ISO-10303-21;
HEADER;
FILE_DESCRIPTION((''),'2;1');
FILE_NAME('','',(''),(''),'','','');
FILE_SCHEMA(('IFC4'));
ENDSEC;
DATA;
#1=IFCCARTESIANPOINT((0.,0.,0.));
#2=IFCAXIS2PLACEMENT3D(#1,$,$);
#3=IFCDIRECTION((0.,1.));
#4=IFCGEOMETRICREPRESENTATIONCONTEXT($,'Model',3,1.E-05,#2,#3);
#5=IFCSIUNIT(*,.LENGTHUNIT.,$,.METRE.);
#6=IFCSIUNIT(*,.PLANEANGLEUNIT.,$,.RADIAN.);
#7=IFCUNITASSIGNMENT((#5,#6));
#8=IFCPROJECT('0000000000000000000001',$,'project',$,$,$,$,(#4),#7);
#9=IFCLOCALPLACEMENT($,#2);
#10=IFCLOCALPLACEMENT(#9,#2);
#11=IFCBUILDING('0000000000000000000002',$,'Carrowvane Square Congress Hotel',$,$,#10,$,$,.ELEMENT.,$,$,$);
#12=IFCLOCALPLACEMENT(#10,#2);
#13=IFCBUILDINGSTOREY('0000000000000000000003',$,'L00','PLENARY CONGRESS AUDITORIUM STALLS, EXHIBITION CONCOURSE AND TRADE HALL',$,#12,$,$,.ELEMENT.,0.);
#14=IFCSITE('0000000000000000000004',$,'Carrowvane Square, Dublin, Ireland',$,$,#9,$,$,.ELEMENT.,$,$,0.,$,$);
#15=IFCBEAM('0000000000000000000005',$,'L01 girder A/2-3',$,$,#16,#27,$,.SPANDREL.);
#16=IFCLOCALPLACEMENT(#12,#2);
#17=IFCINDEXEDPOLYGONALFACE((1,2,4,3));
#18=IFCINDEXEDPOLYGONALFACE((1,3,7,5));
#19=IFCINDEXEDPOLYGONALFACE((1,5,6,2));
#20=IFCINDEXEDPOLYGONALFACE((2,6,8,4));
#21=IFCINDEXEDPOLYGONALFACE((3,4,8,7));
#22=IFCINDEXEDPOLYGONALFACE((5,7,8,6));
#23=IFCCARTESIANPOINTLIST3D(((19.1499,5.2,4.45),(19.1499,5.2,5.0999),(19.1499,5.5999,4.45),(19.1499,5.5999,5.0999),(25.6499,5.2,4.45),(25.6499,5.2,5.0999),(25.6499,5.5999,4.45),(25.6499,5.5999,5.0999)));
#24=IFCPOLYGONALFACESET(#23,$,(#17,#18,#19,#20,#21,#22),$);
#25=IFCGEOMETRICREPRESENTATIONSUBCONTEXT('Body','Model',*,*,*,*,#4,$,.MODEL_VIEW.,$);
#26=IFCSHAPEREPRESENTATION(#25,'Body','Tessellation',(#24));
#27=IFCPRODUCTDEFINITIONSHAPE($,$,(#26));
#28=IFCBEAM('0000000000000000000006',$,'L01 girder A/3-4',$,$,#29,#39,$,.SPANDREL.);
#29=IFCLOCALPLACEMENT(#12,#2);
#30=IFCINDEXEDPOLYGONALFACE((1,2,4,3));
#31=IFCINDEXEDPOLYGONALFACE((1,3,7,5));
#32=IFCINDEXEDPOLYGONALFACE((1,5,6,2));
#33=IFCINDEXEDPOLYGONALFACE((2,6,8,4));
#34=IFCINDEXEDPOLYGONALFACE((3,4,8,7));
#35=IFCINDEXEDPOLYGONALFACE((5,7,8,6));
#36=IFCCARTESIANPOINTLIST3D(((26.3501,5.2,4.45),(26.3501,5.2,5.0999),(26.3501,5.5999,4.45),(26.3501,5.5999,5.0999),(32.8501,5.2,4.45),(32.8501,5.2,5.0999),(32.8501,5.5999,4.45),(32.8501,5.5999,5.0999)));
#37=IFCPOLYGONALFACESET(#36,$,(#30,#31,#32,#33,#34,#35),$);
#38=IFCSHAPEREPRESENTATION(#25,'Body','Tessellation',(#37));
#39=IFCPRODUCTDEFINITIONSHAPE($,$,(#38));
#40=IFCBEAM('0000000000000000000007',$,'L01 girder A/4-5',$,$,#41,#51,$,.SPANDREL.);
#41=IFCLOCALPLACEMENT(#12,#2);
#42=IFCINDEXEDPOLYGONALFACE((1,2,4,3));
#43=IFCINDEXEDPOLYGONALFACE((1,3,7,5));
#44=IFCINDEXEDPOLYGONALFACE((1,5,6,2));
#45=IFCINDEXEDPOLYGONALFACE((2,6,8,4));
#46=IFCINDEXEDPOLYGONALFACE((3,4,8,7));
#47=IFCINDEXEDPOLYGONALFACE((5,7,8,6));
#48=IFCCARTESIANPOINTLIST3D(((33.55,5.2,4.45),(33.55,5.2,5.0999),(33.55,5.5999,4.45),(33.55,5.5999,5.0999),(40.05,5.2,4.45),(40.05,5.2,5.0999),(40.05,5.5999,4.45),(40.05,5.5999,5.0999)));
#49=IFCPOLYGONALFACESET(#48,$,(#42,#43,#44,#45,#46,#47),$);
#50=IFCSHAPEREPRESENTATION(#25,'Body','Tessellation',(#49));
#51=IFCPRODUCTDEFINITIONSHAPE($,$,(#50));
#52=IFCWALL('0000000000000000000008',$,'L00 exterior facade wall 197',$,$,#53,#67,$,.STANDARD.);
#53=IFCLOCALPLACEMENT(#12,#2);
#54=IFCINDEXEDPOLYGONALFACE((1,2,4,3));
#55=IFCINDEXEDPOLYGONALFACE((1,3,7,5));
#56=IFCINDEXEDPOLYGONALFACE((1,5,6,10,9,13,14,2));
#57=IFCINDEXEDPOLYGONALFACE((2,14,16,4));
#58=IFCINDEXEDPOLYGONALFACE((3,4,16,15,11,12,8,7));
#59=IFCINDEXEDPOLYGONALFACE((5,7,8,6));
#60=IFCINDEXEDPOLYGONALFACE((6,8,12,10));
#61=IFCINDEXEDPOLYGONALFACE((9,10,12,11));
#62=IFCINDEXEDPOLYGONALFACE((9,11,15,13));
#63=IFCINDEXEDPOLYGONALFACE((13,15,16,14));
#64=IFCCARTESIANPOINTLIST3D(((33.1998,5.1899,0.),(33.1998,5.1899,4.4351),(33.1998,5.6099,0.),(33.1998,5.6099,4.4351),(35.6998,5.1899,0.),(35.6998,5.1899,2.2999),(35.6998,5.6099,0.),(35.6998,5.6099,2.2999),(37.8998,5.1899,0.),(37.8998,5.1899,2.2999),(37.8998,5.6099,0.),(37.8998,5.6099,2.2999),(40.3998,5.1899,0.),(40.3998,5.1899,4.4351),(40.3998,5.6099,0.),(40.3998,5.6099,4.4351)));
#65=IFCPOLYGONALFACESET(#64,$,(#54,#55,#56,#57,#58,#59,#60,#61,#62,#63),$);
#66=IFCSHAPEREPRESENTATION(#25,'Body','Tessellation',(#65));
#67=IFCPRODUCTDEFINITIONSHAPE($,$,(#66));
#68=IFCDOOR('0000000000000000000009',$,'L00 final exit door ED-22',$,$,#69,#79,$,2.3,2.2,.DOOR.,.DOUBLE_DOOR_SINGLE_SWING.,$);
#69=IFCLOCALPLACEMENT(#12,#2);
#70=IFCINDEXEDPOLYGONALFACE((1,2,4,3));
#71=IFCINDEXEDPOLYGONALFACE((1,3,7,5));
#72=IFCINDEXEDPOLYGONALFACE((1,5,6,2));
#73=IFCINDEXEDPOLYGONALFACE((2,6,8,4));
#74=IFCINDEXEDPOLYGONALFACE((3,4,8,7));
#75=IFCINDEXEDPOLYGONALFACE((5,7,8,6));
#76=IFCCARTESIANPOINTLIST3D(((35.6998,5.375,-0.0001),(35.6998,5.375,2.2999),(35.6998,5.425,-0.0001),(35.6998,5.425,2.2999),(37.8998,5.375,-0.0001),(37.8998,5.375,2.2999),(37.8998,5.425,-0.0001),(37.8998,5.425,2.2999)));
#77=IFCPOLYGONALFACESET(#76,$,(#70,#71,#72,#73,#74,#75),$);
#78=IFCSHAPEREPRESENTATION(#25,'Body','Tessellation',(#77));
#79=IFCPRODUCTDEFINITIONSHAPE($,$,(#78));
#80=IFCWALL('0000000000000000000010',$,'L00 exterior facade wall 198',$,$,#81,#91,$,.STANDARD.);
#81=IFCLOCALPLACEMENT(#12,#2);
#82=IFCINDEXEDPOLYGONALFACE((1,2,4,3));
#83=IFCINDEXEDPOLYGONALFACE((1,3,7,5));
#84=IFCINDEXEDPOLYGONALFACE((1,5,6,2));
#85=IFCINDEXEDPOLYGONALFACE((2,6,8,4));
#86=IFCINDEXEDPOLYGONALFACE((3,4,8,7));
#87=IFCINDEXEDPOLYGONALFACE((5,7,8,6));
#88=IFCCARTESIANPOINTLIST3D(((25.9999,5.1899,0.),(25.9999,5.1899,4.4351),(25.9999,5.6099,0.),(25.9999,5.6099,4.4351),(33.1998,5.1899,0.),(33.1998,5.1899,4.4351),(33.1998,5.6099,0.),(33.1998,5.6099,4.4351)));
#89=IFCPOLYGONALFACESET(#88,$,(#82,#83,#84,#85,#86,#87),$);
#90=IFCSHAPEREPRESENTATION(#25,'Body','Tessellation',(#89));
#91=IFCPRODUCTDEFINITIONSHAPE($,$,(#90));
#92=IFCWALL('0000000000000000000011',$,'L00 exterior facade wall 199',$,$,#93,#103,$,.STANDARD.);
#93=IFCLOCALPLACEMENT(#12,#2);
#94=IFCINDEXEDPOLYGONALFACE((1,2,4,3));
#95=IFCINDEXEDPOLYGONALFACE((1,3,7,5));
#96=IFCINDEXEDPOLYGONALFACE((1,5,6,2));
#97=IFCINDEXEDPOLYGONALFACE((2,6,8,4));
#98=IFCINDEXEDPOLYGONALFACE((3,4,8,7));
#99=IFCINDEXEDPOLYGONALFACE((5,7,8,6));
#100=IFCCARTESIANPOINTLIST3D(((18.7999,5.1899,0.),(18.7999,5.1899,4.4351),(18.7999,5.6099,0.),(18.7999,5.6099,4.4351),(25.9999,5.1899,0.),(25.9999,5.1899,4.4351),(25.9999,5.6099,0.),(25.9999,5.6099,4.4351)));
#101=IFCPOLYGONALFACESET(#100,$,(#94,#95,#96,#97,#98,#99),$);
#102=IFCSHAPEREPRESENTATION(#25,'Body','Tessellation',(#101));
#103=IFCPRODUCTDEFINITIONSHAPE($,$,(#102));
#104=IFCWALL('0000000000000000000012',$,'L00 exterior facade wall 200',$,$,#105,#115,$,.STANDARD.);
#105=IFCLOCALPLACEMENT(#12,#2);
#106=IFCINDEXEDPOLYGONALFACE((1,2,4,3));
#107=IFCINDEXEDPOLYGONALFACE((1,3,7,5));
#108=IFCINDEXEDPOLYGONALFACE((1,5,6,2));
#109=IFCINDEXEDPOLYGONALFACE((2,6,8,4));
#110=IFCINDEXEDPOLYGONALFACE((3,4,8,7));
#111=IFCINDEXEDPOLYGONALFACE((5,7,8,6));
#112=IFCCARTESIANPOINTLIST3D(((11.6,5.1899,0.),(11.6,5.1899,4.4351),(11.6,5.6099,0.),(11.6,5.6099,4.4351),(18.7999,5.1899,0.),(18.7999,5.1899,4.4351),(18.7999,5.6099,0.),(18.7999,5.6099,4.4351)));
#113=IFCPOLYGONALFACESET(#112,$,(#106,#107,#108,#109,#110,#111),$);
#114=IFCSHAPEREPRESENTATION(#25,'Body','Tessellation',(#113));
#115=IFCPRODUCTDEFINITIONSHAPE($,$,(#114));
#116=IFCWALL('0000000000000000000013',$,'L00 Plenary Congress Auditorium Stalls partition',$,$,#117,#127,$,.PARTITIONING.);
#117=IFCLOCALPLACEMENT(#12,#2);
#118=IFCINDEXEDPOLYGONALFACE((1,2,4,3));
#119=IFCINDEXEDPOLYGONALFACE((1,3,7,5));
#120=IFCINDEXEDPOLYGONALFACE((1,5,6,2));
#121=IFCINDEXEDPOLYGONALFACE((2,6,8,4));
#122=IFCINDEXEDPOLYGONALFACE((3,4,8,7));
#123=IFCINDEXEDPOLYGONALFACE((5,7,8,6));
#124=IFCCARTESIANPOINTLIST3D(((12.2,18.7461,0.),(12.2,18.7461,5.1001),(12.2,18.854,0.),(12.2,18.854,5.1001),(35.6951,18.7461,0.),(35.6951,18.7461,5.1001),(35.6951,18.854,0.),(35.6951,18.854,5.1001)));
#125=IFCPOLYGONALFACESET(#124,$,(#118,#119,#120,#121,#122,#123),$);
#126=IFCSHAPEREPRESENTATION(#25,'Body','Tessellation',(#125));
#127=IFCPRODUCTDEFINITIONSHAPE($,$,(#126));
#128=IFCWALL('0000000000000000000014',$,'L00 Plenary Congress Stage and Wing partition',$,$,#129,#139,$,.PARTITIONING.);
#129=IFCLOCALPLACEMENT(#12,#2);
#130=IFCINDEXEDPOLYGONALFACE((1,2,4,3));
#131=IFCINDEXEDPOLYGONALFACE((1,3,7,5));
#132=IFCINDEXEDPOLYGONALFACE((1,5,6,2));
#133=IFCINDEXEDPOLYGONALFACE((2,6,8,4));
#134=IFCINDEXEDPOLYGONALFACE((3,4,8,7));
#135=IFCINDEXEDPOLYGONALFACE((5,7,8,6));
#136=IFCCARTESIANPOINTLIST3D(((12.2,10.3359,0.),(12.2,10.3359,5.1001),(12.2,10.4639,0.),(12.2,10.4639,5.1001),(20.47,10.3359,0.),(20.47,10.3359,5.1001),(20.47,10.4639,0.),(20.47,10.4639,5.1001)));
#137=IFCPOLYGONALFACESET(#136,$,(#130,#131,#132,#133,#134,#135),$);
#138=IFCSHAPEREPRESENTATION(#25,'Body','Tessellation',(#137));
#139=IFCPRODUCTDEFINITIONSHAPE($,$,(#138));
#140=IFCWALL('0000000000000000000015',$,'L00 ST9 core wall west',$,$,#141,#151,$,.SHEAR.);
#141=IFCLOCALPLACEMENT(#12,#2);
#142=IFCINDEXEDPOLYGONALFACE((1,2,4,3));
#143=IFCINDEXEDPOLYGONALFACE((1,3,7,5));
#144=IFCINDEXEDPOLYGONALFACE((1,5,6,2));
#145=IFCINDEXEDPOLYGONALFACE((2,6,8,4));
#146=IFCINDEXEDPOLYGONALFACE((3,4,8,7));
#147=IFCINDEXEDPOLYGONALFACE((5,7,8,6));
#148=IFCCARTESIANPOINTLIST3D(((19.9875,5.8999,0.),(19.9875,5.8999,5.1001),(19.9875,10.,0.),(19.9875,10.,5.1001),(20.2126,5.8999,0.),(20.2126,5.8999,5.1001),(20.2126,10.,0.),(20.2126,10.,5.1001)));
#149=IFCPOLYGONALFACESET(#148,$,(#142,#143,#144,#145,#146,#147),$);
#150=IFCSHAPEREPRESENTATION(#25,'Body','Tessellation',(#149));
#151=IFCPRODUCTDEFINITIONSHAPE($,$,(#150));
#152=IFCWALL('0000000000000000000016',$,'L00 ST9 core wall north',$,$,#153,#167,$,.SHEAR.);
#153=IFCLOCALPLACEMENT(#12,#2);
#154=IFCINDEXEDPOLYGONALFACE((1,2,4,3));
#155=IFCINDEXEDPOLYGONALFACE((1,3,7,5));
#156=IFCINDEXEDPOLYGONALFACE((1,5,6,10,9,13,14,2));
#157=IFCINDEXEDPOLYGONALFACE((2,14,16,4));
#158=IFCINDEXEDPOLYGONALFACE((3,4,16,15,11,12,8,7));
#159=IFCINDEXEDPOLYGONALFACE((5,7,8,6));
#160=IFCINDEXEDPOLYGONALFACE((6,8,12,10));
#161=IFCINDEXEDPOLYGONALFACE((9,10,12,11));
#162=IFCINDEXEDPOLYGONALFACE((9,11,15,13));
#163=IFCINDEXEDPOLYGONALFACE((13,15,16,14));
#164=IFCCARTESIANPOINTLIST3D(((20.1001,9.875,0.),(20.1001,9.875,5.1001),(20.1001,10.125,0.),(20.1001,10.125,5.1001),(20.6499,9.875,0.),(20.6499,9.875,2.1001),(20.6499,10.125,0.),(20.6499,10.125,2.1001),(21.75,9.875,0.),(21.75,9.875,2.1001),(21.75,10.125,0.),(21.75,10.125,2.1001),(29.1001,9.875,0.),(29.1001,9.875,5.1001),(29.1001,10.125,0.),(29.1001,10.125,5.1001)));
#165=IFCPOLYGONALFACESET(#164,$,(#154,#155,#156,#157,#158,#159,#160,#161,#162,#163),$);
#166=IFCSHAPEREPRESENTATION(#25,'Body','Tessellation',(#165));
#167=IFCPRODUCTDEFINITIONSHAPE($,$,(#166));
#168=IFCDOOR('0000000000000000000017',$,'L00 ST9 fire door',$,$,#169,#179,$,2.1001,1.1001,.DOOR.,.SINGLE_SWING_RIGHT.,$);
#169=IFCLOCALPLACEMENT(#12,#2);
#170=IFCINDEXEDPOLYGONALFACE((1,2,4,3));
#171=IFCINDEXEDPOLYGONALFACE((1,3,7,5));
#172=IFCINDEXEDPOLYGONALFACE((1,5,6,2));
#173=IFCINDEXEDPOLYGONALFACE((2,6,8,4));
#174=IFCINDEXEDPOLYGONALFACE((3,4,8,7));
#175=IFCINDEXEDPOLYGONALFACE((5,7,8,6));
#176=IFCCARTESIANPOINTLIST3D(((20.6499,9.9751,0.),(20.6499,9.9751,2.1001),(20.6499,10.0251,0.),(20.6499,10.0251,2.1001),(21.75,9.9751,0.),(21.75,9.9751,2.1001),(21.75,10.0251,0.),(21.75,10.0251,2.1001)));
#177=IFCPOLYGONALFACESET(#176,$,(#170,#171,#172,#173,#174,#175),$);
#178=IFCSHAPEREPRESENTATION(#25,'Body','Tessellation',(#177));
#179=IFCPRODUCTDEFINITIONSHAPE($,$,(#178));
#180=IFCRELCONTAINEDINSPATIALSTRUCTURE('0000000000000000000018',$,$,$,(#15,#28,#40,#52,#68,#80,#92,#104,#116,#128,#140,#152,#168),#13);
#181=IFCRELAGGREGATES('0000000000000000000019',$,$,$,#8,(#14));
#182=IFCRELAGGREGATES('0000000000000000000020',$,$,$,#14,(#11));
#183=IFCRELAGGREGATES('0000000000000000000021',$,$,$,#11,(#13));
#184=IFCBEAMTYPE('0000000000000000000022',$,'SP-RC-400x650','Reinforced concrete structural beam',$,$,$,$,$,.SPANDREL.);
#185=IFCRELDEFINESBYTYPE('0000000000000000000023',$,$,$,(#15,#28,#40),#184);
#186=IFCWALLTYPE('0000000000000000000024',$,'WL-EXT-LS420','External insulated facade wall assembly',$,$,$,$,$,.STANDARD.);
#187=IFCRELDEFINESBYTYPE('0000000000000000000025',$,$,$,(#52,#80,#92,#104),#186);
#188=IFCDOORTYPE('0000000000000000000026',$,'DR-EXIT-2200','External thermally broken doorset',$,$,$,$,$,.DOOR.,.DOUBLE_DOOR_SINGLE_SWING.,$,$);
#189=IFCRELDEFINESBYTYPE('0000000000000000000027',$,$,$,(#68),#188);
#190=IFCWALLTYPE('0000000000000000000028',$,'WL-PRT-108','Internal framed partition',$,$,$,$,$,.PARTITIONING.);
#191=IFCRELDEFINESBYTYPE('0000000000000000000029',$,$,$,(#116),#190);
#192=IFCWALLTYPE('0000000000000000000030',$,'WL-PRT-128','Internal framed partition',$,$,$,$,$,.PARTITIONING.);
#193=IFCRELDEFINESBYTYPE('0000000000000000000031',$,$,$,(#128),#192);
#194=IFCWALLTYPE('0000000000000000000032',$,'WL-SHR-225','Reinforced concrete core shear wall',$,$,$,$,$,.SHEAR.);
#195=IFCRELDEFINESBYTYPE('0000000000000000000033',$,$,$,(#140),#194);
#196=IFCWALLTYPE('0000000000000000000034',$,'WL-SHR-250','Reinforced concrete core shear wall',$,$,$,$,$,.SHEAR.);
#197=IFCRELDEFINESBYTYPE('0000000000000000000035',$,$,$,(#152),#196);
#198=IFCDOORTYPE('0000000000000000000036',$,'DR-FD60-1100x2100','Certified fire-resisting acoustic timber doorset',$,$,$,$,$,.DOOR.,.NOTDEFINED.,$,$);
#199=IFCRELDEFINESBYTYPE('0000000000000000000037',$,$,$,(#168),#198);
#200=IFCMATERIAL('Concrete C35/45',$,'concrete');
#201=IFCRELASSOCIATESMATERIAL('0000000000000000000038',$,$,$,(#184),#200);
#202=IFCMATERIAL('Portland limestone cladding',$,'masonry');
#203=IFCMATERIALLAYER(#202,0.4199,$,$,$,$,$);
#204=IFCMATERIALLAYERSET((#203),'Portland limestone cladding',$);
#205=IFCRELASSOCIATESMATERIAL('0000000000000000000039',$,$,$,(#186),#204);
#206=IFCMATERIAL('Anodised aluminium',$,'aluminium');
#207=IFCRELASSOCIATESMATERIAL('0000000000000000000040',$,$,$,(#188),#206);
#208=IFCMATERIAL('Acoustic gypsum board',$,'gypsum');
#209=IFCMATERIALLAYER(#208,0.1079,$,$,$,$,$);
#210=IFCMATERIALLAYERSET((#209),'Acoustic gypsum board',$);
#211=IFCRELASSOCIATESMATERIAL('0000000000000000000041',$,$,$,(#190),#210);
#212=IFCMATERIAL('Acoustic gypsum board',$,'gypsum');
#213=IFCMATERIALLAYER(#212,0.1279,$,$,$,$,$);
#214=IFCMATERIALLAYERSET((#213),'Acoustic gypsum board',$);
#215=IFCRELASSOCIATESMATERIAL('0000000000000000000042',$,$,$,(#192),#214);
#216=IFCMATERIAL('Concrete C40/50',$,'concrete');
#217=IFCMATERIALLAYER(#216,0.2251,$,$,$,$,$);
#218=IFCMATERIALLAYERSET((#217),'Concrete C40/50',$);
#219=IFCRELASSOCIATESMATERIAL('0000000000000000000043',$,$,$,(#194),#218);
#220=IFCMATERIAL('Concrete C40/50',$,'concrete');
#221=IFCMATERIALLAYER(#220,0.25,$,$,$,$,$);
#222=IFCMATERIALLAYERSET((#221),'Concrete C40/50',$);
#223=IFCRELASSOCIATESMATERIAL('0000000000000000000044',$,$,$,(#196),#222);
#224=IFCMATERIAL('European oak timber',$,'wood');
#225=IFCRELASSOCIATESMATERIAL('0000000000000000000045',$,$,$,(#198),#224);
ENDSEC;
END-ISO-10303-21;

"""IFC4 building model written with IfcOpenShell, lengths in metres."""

from ifc_helpers import new_model, si_unit, direction, frame, frame_2d, origin, origin_2d, place, context, subcontext, project, spatial, rectangle, extrude, material, layer, layer_set, material_profile, profile_set, type_object, element, fill, save


model = new_model("IFC4")

# Units and contexts
model_context = context("Model", 3, precision=1e-05, world=origin(), true_north=direction((0.0, 1.0)))
body_context = subcontext(model_context, "Body", "Model", "MODEL_VIEW")
ifc_project = project(units=[si_unit("LENGTHUNIT", "METRE"), si_unit("PLANEANGLEUNIT", "RADIAN")], contexts=[model_context])

# Site, building, storey
site_placement = place(None, origin())
site = spatial("IfcSite", under=ifc_project, at=site_placement, Name="Carrowvane Square, Dublin, Ireland", CompositionType="ELEMENT", RefElevation=0.0)
building_placement = place(site_placement, origin())
building = spatial("IfcBuilding", under=site, at=building_placement, Name="Carrowvane Square Congress Hotel", CompositionType="ELEMENT")
storey_placement = place(building_placement, origin())
storey = spatial("IfcBuildingStorey", under=building, at=storey_placement, Name="L00", Description="PLENARY CONGRESS AUDITORIUM STALLS, EXHIBITION CONCOURSE AND TRADE HALL", CompositionType="ELEMENT", Elevation=0.0)

# Beams
ifc_material_1 = material(Name="Concrete C35/45", Category="concrete")
ifc_material_profile_1 = material_profile(ifc_material_1, rectangle(XDim=0.3999, YDim=0.6499, at=origin_2d()), Name="RC 400x650")
ifc_profile_set_1 = profile_set([ifc_material_profile_1], Name="Concrete C35/45")
beam_type_1 = type_object("IfcBeamType", Name="SP-RC-400x650", Description="Reinforced concrete structural beam", PredefinedType="SPANDREL", material=ifc_profile_set_1)
for number, where, z_axis, x_axis, name in (
    (1, (19.1499, 5.3999, 4.7749), (1.0, 0.0, 0.0), (0.0, 1.0, 0.0), "L01 girder A/2-3"),
    (2, (26.3501, 5.3999, 4.7749), (1.0, 0.0, 0.0), (0.0, 1.0, 0.0), "L01 girder A/3-4"),
    (3, (33.55, 5.3999, 4.7749), (1.0, 0.0, 0.0), (0.0, 1.0, 0.0), "L01 girder A/4-5"),
):
    element("IfcBeam", number, at=place(storey_placement, frame(where, z_axis=z_axis, x_axis=x_axis)), inside=storey, type_object=beam_type_1, Name=name, PredefinedType="SPANDREL", context=body_context, shape_type="SweptSolid", body=[
        extrude(rectangle(XDim=0.3999, YDim=0.6499, at=origin_2d()), origin(), (0.0, 0.0, 1.0), 6.5),
    ])

# Wall, opening, door
ifc_material_2 = material(Name="Portland limestone cladding", Category="masonry")
ifc_layer_1 = layer(ifc_material_2, 0.4199)
ifc_layer_set_1 = layer_set([ifc_layer_1], Name="Portland limestone cladding")
wall_type_1 = type_object("IfcWallType", Name="WL-EXT-LS420", Description="External insulated facade wall assembly", PredefinedType="STANDARD", material=ifc_layer_set_1)
wall_1_placement = place(storey_placement, frame((40.3999, 5.3999, 0.0), z_axis=(0.0, 0.0, 1.0), x_axis=(-1.0, 0.0, 0.0)))
wall_1 = element("IfcWall", 4, at=wall_1_placement, inside=storey, type_object=wall_type_1, Name="L00 exterior facade wall 197", PredefinedType="STANDARD", context=body_context, shape_type="SweptSolid", body=[
    extrude(rectangle(XDim=7.2, YDim=0.4199, at=frame_2d((3.6001, 0.0))), origin(), (0.0, 0.0, 1.0), 4.4351),
])
opening_1_placement = place(wall_1_placement, frame((2.5, 0.0, 0.0)))
opening_1 = element("IfcOpeningElement", 5, at=opening_1_placement, cuts=wall_1, PredefinedType="OPENING", context=body_context, shape_type="SweptSolid", body=[
    extrude(rectangle(XDim=2.2, YDim=2.3, at=frame_2d((1.1001, 1.1499))), frame((0.0, 0.22, 0.0), z_axis=(0.0, -1.0, 0.0), x_axis=(1.0, 0.0, 0.0)), (0.0, 0.0, 1.0), 0.4399),
])
ifc_material_3 = material(Name="Anodised aluminium", Category="aluminium")
door_type_1 = type_object("IfcDoorType", Name="DR-EXIT-2200", Description="External thermally broken doorset", OperationType="DOUBLE_DOOR_SINGLE_SWING", PredefinedType="DOOR", material=ifc_material_3)
door_1_placement = place(opening_1_placement, origin())
door_1 = element("IfcDoor", 6, at=door_1_placement, inside=storey, type_object=door_type_1, Name="L00 final exit door ED-22", OperationType="DOUBLE_DOOR_SINGLE_SWING", OverallHeight=2.3, OverallWidth=2.2, PredefinedType="DOOR", context=body_context, shape_type="SweptSolid", body=[
    extrude(rectangle(XDim=2.2, YDim=2.3, at=frame_2d((1.1001, 1.1499))), frame((0.0, 0.0249, 0.0), z_axis=(0.0, -1.0, 0.0), x_axis=(1.0, 0.0, 0.0)), (0.0, 0.0, 1.0), 0.05),
])
fill(opening_1, door_1)

# Walls
for number, where, z_axis, x_axis, name in (
    (7, (33.2, 5.3999, 0.0), (0.0, 0.0, 1.0), (-1.0, 0.0, 0.0), "L00 exterior facade wall 198"),
    (8, (26.0, 5.3999, 0.0), (0.0, 0.0, 1.0), (-1.0, 0.0, 0.0), "L00 exterior facade wall 199"),
    (9, (18.8, 5.3999, 0.0), (0.0, 0.0, 1.0), (-1.0, 0.0, 0.0), "L00 exterior facade wall 200"),
):
    element("IfcWall", number, at=place(storey_placement, frame(where, z_axis=z_axis, x_axis=x_axis)), inside=storey, type_object=wall_type_1, Name=name, PredefinedType="STANDARD", context=body_context, shape_type="SweptSolid", body=[
        extrude(rectangle(XDim=7.2, YDim=0.4199, at=frame_2d((3.6001, 0.0))), origin(), (0.0, 0.0, 1.0), 4.4351),
    ])
ifc_material_4 = material(Name="Acoustic gypsum board", Category="gypsum")
ifc_layer_2 = layer(ifc_material_4, 0.1079)
ifc_layer_set_2 = layer_set([ifc_layer_2], Name="Acoustic gypsum board")
wall_type_2 = type_object("IfcWallType", Name="WL-PRT-108", Description="Internal framed partition", PredefinedType="PARTITIONING", material=ifc_layer_set_2)
wall_2_placement = place(storey_placement, frame((35.6951, 18.8, 0.0), z_axis=(0.0, 0.0, 1.0), x_axis=(-1.0, 0.0, 0.0)))
element("IfcWall", 10, at=wall_2_placement, inside=storey, type_object=wall_type_2, Name="L00 Plenary Congress Auditorium Stalls partition", PredefinedType="PARTITIONING", context=body_context, shape_type="SweptSolid", body=[
    extrude(rectangle(XDim=23.4951, YDim=0.1079, at=frame_2d((11.7476, 0.0))), origin(), (0.0, 0.0, 1.0), 5.1001),
])
ifc_material_5 = material(Name="Acoustic gypsum board", Category="gypsum")
ifc_layer_3 = layer(ifc_material_5, 0.1279)
ifc_layer_set_3 = layer_set([ifc_layer_3], Name="Acoustic gypsum board")
wall_type_3 = type_object("IfcWallType", Name="WL-PRT-128", Description="Internal framed partition", PredefinedType="PARTITIONING", material=ifc_layer_set_3)
wall_3_placement = place(storey_placement, frame((20.47, 10.3999, 0.0), z_axis=(0.0, 0.0, 1.0), x_axis=(-1.0, 0.0, 0.0)))
element("IfcWall", 11, at=wall_3_placement, inside=storey, type_object=wall_type_3, Name="L00 Plenary Congress Stage and Wing partition", PredefinedType="PARTITIONING", context=body_context, shape_type="SweptSolid", body=[
    extrude(rectangle(XDim=8.27, YDim=0.1279, at=frame_2d((4.135, 0.0))), origin(), (0.0, 0.0, 1.0), 5.1001),
])
ifc_material_6 = material(Name="Concrete C40/50", Category="concrete")
ifc_layer_4 = layer(ifc_material_6, 0.2251)
ifc_layer_set_4 = layer_set([ifc_layer_4], Name="Concrete C40/50")
wall_type_4 = type_object("IfcWallType", Name="WL-SHR-225", Description="Reinforced concrete core shear wall", PredefinedType="SHEAR", material=ifc_layer_set_4)
wall_4_placement = place(storey_placement, frame((20.1001, 10.0, 0.0), z_axis=(0.0, 0.0, 1.0), x_axis=(0.0, -1.0, 0.0)))
element("IfcWall", 12, at=wall_4_placement, inside=storey, type_object=wall_type_4, Name="L00 ST9 core wall west", PredefinedType="SHEAR", context=body_context, shape_type="SweptSolid", body=[
    extrude(rectangle(XDim=4.1001, YDim=0.2251, at=frame_2d((2.05, 0.0))), origin(), (0.0, 0.0, 1.0), 5.1001),
])

# Wall, opening, door
ifc_material_7 = material(Name="Concrete C40/50", Category="concrete")
ifc_layer_5 = layer(ifc_material_7, 0.25)
ifc_layer_set_5 = layer_set([ifc_layer_5], Name="Concrete C40/50")
wall_type_5 = type_object("IfcWallType", Name="WL-SHR-250", Description="Reinforced concrete core shear wall", PredefinedType="SHEAR", material=ifc_layer_set_5)
wall_5_placement = place(storey_placement, frame((29.1001, 10.0, 0.0), z_axis=(0.0, 0.0, 1.0), x_axis=(-1.0, 0.0, 0.0)))
wall_5 = element("IfcWall", 13, at=wall_5_placement, inside=storey, type_object=wall_type_5, Name="L00 ST9 core wall north", PredefinedType="SHEAR", context=body_context, shape_type="SweptSolid", body=[
    extrude(rectangle(XDim=9.0, YDim=0.25, at=frame_2d((4.5, 0.0))), origin(), (0.0, 0.0, 1.0), 5.1001),
])
opening_2_placement = place(wall_5_placement, frame((7.3501, 0.0, 0.0)))
opening_2 = element("IfcOpeningElement", 14, at=opening_2_placement, cuts=wall_5, PredefinedType="OPENING", context=body_context, shape_type="SweptSolid", body=[
    extrude(rectangle(XDim=1.1001, YDim=2.1001, at=frame_2d((0.55, 1.05))), frame((0.0, 0.135, 0.0), z_axis=(0.0, -1.0, 0.0), x_axis=(1.0, 0.0, 0.0)), (0.0, 0.0, 1.0), 0.27),
])
ifc_material_8 = material(Name="European oak timber", Category="wood")
door_type_2 = type_object("IfcDoorType", Name="DR-FD60-1100x2100", Description="Certified fire-resisting acoustic timber doorset", OperationType="NOTDEFINED", PredefinedType="DOOR", material=ifc_material_8)
door_2_placement = place(opening_2_placement, origin())
door_2 = element("IfcDoor", 15, at=door_2_placement, inside=storey, type_object=door_type_2, Name="L00 ST9 fire door", OperationType="SINGLE_SWING_RIGHT", OverallHeight=2.1001, OverallWidth=1.1001, PredefinedType="DOOR", context=body_context, shape_type="SweptSolid", body=[
    extrude(rectangle(XDim=1.1001, YDim=2.1001, at=frame_2d((0.55, 1.05))), frame((0.0, 0.0249, 0.0), z_axis=(0.0, -1.0, 0.0), x_axis=(1.0, 0.0, 0.0)), (0.0, 0.0, 1.0), 0.05),
])
fill(opening_2, door_2)

save(model, "model.ifc")
